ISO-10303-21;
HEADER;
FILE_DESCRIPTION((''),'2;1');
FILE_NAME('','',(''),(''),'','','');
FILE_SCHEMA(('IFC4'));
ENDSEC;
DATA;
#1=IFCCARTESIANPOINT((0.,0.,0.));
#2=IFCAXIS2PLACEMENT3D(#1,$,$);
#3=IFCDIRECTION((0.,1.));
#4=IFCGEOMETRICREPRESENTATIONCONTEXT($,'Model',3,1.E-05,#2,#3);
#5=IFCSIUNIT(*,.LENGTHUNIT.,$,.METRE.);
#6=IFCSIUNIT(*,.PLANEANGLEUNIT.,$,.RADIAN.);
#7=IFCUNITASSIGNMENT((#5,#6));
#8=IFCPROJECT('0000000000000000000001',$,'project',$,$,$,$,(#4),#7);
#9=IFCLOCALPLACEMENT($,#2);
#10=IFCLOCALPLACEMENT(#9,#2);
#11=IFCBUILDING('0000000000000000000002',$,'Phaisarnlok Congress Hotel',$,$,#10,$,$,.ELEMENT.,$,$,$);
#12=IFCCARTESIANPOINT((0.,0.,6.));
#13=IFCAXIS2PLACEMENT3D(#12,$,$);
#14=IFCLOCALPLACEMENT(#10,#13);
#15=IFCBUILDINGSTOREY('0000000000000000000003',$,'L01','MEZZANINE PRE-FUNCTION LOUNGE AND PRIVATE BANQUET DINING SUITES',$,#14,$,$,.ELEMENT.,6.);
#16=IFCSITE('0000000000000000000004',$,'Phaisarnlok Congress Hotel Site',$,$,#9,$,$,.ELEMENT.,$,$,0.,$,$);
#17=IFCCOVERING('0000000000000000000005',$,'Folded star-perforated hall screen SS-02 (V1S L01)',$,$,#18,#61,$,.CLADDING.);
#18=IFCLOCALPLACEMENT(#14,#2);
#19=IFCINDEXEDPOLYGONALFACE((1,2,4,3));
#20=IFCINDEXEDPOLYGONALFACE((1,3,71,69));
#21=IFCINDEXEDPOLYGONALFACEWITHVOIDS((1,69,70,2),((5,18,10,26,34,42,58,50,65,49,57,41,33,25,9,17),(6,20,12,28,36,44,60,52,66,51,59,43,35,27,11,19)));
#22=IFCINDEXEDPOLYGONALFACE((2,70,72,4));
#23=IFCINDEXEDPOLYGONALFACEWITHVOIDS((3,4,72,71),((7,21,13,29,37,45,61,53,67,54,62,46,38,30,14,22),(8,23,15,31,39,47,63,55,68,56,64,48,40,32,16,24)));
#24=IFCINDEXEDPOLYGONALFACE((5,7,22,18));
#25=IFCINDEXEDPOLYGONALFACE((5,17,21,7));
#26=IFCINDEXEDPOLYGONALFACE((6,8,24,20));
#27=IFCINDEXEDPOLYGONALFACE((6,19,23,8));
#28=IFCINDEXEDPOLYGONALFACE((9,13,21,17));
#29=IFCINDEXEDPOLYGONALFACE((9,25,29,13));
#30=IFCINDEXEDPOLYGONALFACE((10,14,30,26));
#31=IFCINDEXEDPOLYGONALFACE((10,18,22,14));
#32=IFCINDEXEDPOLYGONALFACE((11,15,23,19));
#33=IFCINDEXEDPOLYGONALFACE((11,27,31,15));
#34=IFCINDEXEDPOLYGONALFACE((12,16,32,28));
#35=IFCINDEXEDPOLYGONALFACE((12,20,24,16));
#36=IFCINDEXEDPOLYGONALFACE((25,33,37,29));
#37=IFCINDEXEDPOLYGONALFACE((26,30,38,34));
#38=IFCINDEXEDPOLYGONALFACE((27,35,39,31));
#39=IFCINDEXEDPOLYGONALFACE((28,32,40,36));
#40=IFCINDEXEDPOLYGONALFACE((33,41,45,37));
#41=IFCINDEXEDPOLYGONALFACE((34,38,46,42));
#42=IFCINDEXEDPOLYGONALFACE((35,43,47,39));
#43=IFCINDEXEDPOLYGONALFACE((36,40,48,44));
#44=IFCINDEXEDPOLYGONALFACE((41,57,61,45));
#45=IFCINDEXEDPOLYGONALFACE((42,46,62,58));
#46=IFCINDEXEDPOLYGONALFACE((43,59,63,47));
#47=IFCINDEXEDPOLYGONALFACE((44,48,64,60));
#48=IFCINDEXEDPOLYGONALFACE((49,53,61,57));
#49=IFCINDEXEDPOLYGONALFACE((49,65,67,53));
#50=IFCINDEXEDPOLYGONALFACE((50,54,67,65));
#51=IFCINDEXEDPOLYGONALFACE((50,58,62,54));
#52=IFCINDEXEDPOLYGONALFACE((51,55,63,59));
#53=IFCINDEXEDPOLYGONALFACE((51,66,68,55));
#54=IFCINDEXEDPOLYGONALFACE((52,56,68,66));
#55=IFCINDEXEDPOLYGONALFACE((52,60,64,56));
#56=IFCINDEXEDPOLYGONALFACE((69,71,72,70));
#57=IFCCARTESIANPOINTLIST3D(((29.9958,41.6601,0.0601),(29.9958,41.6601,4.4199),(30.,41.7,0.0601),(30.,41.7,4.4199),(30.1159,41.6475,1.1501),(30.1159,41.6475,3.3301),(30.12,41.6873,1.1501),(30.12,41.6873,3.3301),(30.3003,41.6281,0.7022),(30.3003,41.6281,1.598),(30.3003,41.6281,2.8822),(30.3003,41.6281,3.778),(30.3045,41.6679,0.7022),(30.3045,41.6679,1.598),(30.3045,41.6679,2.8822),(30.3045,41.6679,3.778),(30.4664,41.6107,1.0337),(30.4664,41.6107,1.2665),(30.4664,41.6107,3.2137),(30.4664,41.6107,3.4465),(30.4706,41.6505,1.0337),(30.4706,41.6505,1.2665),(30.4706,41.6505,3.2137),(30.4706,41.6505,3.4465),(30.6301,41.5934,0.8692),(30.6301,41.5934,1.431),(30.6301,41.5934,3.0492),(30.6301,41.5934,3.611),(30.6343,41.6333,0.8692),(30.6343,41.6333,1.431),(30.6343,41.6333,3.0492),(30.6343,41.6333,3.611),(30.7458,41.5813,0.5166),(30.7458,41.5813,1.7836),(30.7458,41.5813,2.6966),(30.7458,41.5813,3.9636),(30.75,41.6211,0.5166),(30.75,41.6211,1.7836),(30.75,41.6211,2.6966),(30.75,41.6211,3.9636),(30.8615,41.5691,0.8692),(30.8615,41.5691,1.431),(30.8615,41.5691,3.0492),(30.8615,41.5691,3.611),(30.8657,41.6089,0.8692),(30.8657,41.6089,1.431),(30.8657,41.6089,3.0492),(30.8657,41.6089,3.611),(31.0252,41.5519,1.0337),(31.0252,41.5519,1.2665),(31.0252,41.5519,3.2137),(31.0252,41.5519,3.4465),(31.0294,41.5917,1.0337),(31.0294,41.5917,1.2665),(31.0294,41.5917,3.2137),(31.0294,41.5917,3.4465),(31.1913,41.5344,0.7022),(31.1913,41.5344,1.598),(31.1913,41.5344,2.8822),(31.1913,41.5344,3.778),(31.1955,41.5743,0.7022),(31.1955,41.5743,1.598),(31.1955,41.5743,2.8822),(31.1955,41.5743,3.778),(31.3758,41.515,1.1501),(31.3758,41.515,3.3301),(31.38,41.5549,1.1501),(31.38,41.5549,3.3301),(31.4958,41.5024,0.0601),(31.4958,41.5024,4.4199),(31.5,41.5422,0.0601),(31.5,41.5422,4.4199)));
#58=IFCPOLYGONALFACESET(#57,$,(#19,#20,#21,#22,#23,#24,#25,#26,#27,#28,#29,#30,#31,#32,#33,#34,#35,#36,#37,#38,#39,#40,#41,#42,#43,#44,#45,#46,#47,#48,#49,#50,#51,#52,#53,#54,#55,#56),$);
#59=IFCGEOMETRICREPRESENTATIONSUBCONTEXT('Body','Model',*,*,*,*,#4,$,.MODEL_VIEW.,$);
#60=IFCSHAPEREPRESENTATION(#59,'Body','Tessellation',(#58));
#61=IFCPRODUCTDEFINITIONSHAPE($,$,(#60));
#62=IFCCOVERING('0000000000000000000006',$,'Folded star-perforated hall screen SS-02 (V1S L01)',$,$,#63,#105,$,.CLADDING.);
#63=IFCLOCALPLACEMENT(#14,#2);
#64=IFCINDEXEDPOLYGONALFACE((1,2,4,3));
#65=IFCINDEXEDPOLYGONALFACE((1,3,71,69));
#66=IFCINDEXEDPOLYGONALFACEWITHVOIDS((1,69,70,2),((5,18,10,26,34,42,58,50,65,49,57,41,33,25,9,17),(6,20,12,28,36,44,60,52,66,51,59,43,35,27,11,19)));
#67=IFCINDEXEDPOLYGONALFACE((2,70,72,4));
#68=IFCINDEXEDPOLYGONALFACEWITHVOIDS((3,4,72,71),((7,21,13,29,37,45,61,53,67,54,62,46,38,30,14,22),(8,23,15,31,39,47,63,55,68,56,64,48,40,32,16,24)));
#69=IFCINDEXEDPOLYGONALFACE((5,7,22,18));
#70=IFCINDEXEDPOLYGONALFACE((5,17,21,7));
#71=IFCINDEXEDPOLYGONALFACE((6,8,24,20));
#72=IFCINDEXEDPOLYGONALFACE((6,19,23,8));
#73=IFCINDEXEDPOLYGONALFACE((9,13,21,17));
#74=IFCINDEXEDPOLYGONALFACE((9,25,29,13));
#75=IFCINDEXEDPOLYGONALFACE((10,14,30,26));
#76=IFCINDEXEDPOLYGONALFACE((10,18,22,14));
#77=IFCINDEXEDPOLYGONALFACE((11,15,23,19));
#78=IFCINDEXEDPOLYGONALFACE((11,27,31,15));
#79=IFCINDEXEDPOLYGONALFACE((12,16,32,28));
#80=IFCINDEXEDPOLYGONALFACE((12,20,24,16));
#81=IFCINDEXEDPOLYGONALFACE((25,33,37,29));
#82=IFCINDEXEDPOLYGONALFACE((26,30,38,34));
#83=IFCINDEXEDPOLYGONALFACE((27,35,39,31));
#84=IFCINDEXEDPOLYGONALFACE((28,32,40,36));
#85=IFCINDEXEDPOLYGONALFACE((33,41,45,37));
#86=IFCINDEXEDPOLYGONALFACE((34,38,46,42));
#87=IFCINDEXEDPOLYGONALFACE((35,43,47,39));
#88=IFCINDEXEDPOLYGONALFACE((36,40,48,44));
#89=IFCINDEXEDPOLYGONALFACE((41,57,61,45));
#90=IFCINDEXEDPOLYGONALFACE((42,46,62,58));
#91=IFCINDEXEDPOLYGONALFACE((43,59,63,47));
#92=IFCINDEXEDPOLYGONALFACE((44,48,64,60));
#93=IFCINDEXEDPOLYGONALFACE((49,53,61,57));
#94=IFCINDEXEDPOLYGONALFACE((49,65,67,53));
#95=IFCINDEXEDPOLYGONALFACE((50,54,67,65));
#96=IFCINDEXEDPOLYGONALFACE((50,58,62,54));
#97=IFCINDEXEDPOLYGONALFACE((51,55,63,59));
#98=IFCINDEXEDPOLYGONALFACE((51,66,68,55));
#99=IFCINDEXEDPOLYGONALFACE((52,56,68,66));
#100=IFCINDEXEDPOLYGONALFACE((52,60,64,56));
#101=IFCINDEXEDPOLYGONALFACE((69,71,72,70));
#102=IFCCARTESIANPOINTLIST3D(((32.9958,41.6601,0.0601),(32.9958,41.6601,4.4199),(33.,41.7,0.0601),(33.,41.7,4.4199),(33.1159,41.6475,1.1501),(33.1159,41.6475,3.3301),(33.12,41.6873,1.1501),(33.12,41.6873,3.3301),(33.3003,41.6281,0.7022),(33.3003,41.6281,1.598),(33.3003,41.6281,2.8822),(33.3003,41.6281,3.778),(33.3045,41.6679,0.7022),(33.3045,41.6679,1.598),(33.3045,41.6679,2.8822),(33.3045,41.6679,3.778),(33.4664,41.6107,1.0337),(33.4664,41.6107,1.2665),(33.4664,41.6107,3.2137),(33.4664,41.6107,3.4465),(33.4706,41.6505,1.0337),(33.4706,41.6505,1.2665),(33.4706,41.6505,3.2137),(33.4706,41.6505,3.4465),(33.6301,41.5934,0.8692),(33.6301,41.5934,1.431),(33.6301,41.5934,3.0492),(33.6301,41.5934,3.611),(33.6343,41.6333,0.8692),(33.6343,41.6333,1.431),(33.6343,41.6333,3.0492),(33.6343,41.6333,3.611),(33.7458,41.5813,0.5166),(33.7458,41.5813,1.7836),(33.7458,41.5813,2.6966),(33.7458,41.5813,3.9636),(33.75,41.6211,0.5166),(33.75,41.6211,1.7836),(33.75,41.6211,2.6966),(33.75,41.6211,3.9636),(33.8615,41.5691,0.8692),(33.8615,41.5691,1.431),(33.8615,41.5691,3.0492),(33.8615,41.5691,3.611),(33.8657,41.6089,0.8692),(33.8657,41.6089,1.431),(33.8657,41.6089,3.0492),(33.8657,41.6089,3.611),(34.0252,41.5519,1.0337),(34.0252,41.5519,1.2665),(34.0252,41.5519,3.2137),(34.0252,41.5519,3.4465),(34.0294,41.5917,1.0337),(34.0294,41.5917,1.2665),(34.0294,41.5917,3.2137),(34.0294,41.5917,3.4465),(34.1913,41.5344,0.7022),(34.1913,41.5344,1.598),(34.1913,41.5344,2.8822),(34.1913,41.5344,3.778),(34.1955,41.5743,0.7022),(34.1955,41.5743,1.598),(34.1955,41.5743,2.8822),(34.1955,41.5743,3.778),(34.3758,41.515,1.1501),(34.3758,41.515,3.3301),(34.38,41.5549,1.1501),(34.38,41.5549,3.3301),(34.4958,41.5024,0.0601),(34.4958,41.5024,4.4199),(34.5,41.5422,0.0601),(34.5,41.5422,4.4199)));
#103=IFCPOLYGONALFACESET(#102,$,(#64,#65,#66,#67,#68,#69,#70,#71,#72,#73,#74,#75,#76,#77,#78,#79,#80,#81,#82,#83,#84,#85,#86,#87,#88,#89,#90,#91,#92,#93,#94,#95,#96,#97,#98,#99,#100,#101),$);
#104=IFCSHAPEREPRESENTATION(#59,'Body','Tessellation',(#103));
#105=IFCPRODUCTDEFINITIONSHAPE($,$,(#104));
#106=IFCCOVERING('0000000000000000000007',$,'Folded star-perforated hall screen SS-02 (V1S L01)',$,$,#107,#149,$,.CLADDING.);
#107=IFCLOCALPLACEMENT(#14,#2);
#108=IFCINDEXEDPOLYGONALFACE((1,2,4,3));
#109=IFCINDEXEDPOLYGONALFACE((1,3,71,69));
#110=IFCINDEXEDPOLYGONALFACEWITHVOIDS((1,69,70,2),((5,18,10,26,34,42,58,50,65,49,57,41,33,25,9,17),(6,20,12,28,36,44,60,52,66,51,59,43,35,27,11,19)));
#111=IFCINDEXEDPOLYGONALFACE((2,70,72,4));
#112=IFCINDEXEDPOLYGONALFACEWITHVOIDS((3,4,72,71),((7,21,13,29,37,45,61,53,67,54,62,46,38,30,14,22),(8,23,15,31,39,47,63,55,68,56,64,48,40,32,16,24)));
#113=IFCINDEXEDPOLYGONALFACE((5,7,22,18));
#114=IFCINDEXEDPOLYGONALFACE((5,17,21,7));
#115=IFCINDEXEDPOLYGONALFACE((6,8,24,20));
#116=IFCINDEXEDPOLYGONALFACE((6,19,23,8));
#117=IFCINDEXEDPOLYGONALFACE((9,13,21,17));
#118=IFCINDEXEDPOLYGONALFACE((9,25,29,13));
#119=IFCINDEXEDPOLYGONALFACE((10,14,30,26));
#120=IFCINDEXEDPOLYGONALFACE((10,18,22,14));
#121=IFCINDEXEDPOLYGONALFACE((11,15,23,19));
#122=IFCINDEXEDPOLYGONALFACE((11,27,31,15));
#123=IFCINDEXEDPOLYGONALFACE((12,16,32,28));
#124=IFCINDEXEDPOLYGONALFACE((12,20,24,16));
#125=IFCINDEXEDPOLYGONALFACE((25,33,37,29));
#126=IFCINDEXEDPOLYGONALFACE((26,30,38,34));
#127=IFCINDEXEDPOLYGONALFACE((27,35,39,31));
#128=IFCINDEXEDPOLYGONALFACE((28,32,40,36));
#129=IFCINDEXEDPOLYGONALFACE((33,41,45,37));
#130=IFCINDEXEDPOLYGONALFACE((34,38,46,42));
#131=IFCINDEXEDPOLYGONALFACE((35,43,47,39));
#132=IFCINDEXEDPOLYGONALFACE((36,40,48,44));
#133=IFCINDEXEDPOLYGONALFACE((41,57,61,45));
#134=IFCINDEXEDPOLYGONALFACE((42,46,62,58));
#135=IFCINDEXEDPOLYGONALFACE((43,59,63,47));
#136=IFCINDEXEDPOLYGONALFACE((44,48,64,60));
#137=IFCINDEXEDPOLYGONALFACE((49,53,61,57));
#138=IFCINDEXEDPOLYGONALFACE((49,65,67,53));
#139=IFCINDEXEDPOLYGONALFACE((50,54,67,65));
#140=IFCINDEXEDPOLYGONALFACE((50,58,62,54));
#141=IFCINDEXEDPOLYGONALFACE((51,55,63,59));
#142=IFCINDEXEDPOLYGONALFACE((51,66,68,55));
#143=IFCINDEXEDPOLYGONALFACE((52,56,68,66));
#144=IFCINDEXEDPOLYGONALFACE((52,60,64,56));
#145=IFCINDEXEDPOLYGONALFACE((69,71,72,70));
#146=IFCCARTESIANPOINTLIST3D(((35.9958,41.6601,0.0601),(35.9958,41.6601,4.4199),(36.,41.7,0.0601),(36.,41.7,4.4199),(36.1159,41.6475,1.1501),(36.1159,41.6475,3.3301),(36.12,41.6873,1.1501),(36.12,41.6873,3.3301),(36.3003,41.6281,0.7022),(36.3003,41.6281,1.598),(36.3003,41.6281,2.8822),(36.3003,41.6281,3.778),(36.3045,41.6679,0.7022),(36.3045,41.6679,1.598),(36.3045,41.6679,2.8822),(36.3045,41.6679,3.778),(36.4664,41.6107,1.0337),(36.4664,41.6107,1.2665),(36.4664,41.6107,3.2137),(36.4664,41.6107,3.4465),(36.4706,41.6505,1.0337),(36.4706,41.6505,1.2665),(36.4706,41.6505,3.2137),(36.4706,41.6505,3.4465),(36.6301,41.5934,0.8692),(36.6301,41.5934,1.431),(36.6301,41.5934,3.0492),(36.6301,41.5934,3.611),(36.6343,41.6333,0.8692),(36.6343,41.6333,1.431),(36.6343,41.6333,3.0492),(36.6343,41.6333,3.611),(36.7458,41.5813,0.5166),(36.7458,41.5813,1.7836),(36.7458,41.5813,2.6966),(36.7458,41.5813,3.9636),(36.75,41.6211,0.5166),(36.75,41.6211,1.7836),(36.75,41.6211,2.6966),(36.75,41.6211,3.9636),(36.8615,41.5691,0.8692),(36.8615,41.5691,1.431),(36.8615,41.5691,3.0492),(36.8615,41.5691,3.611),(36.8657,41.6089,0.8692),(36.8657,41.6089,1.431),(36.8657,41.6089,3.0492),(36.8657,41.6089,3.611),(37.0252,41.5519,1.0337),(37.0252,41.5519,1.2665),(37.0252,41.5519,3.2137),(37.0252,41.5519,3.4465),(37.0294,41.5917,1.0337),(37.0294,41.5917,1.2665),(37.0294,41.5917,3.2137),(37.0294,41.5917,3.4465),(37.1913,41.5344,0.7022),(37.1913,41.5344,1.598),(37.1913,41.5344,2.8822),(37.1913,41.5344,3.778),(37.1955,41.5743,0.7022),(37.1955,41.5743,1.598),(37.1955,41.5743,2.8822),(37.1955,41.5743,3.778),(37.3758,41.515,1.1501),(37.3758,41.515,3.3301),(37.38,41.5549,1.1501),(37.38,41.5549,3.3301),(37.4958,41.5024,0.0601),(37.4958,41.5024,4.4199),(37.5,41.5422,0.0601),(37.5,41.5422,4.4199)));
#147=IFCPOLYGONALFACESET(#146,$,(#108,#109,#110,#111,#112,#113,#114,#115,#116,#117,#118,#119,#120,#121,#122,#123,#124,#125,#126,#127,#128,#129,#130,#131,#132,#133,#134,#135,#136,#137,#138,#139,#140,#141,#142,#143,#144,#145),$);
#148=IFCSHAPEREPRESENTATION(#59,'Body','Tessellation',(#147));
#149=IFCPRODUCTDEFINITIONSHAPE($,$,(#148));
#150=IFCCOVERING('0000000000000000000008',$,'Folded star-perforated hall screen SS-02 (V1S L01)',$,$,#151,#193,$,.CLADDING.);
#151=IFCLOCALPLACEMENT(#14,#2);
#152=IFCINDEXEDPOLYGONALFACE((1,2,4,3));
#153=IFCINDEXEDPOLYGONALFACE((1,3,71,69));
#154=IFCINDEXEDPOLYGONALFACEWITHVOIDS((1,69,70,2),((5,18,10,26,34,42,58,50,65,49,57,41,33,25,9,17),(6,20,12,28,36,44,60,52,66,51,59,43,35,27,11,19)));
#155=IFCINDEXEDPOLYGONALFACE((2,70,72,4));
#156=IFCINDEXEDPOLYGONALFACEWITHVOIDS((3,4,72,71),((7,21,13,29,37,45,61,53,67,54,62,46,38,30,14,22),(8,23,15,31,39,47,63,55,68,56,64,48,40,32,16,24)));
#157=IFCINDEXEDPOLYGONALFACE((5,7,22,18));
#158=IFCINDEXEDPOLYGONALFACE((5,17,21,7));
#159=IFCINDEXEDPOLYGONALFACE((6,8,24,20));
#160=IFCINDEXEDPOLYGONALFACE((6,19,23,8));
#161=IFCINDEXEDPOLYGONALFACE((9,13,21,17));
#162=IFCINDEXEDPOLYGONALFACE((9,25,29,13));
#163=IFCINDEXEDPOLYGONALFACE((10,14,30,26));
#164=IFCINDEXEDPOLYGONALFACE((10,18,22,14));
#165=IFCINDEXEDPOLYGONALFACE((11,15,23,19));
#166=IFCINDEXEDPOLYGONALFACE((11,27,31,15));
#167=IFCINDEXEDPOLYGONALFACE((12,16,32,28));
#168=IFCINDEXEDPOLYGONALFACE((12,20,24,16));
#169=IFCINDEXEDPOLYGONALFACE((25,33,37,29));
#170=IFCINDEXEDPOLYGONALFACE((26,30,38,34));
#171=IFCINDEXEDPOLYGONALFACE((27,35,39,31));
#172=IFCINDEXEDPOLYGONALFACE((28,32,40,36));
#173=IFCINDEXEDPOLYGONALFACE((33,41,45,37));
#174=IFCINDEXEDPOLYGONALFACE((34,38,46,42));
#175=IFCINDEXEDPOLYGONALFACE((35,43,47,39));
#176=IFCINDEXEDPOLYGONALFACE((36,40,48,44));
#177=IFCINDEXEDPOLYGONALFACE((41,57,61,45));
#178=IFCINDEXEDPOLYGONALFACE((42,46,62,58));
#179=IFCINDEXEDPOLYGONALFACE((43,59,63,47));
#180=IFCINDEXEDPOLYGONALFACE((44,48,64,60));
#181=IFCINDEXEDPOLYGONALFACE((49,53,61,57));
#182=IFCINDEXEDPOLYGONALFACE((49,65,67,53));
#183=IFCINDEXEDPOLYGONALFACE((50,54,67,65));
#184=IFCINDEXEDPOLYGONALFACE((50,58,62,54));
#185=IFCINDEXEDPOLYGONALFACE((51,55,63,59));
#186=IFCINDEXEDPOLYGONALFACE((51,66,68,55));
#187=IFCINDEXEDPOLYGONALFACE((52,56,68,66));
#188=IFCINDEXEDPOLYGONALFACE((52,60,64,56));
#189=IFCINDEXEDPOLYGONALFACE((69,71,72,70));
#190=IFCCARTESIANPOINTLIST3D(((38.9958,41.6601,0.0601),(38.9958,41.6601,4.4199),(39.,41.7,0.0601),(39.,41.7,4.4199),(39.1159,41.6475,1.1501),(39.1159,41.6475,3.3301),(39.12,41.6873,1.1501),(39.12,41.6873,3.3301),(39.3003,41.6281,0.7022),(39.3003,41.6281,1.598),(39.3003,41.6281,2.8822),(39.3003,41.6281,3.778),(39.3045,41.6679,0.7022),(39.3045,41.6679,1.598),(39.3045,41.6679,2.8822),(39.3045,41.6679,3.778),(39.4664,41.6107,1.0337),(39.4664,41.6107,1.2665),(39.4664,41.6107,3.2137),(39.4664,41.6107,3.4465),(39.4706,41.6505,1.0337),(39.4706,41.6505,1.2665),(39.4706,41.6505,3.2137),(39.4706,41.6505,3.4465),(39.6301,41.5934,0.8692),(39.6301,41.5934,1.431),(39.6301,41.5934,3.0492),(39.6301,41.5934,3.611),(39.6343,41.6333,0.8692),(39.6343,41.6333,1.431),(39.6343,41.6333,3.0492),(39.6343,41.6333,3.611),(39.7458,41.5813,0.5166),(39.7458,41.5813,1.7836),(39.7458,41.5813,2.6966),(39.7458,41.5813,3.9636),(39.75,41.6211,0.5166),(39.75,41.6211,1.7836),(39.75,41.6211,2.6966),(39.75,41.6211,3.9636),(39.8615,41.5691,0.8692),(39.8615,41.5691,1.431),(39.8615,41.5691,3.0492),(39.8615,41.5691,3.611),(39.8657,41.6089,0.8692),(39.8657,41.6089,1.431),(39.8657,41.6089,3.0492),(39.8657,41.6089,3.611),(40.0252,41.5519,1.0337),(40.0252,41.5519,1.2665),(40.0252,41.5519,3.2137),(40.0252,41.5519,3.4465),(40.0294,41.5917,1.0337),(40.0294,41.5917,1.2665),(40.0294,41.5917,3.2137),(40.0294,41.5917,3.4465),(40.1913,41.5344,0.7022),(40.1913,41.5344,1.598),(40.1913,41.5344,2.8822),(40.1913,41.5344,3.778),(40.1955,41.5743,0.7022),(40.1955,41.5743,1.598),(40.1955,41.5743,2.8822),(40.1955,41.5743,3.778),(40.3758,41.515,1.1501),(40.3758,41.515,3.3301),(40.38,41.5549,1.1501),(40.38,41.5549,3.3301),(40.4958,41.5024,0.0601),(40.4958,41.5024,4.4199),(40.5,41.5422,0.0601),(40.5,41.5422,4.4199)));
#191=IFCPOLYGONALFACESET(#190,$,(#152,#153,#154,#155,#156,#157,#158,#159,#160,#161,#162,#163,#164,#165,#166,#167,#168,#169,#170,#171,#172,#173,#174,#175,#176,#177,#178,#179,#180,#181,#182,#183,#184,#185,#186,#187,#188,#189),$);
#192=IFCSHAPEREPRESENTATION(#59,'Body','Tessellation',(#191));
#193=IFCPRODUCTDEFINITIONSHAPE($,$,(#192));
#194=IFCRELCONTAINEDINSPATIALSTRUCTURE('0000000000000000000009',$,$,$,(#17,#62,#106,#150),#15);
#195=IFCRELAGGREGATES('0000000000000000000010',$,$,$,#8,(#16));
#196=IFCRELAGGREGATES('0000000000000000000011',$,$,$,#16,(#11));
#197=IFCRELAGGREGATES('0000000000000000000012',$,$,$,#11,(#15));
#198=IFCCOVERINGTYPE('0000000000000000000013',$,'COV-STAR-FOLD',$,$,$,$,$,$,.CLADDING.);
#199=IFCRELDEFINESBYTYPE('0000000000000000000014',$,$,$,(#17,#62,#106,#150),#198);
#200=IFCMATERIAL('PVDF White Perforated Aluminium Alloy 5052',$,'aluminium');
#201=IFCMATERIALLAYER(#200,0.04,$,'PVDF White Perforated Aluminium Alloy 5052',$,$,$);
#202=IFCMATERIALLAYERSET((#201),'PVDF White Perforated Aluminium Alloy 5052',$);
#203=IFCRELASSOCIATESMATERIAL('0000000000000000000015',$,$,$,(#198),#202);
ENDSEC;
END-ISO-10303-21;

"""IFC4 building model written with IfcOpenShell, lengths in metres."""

from ifc_helpers import new_model, si_unit, direction, frame, origin, place, context, subcontext, project, spatial, polyline, outline, extrude, material, layer, layer_set, type_object, element, save


model = new_model("IFC4")

# Units and contexts
model_context = context("Model", 3, precision=1e-05, world=origin(), true_north=direction((0.0, 1.0)))
body_context = subcontext(model_context, "Body", "Model", "MODEL_VIEW")
ifc_project = project(units=[si_unit("LENGTHUNIT", "METRE"), si_unit("PLANEANGLEUNIT", "RADIAN")], contexts=[model_context])

# Site, building, storey
site_placement = place(None, origin())
site = spatial("IfcSite", under=ifc_project, at=site_placement, Name="Phaisarnlok Congress Hotel Site", CompositionType="ELEMENT", RefElevation=0.0)
building_placement = place(site_placement, origin())
building = spatial("IfcBuilding", under=site, at=building_placement, Name="Phaisarnlok Congress Hotel", CompositionType="ELEMENT")
storey_placement = place(building_placement, frame((0.0, 0.0, 6.0)))
storey = spatial("IfcBuildingStorey", under=building, at=storey_placement, Name="L01", Description="MEZZANINE PRE-FUNCTION LOUNGE AND PRIVATE BANQUET DINING SUITES", CompositionType="ELEMENT", Elevation=6.0)

# Coverings
ifc_material_1 = material(Name="PVDF White Perforated Aluminium Alloy 5052", Category="aluminium")
ifc_layer = layer(ifc_material_1, 0.04, Name="PVDF White Perforated Aluminium Alloy 5052")
ifc_layer_set = layer_set([ifc_layer], Name="PVDF White Perforated Aluminium Alloy 5052")
covering_type = type_object("IfcCoveringType", Name="COV-STAR-FOLD", PredefinedType="CLADDING", material=ifc_layer_set)
for number, where, z_axis, x_axis, name in (
    (1, (30.0, 41.7, 0.0601), (-0.104567, -0.994518, 0.0), (0.994518, -0.104567, 0.0), "Folded star-perforated hall screen SS-02 (V1S L01)"),
    (2, (33.0, 41.7, 0.0601), (-0.104567, -0.994518, 0.0), (0.994518, -0.104567, 0.0), "Folded star-perforated hall screen SS-02 (V1S L01)"),
    (3, (36.0, 41.7, 0.0601), (-0.104567, -0.994518, 0.0), (0.994518, -0.104567, 0.0), "Folded star-perforated hall screen SS-02 (V1S L01)"),
    (4, (39.0, 41.7, 0.0601), (-0.104567, -0.994518, 0.0), (0.994518, -0.104567, 0.0), "Folded star-perforated hall screen SS-02 (V1S L01)"),
):
    element("IfcCovering", number, at=place(storey_placement, frame(where, z_axis=z_axis, x_axis=x_axis)), inside=storey, type_object=covering_type, Name=name, PredefinedType="CLADDING", context=body_context, shape_type="SweptSolid", body=[
        extrude(outline(polyline([(0.0, 0.0), (1.5083, 0.0), (1.5083, 4.3599), (0.0, 4.3599), (0.0, 0.0)]), holes=[polyline([(1.0351, 0.9736), (1.2021, 0.6421), (0.8705, 0.8091), (0.7541, 0.4565), (0.6378, 0.8091), (0.3062, 0.6421), (0.4732, 0.9736), (0.1207, 1.09), (0.4732, 1.2064), (0.3062, 1.5379), (0.6378, 1.3709), (0.7541, 1.7235), (0.8705, 1.3709), (1.2021, 1.5379), (1.0351, 1.2064), (1.3876, 1.09), (1.0351, 0.9736)]), polyline([(1.0351, 3.1536), (1.2021, 2.8221), (0.8705, 2.9891), (0.7541, 2.6365), (0.6378, 2.9891), (0.3062, 2.8221), (0.4732, 3.1536), (0.1207, 3.27), (0.4732, 3.3864), (0.3062, 3.7179), (0.6378, 3.5509), (0.7541, 3.9035), (0.8705, 3.5509), (1.2021, 3.7179), (1.0351, 3.3864), (1.3876, 3.27), (1.0351, 3.1536)])]), origin(), (0.0, 0.0, 1.0), 0.04),
    ])

save(model, "model.ifc")
